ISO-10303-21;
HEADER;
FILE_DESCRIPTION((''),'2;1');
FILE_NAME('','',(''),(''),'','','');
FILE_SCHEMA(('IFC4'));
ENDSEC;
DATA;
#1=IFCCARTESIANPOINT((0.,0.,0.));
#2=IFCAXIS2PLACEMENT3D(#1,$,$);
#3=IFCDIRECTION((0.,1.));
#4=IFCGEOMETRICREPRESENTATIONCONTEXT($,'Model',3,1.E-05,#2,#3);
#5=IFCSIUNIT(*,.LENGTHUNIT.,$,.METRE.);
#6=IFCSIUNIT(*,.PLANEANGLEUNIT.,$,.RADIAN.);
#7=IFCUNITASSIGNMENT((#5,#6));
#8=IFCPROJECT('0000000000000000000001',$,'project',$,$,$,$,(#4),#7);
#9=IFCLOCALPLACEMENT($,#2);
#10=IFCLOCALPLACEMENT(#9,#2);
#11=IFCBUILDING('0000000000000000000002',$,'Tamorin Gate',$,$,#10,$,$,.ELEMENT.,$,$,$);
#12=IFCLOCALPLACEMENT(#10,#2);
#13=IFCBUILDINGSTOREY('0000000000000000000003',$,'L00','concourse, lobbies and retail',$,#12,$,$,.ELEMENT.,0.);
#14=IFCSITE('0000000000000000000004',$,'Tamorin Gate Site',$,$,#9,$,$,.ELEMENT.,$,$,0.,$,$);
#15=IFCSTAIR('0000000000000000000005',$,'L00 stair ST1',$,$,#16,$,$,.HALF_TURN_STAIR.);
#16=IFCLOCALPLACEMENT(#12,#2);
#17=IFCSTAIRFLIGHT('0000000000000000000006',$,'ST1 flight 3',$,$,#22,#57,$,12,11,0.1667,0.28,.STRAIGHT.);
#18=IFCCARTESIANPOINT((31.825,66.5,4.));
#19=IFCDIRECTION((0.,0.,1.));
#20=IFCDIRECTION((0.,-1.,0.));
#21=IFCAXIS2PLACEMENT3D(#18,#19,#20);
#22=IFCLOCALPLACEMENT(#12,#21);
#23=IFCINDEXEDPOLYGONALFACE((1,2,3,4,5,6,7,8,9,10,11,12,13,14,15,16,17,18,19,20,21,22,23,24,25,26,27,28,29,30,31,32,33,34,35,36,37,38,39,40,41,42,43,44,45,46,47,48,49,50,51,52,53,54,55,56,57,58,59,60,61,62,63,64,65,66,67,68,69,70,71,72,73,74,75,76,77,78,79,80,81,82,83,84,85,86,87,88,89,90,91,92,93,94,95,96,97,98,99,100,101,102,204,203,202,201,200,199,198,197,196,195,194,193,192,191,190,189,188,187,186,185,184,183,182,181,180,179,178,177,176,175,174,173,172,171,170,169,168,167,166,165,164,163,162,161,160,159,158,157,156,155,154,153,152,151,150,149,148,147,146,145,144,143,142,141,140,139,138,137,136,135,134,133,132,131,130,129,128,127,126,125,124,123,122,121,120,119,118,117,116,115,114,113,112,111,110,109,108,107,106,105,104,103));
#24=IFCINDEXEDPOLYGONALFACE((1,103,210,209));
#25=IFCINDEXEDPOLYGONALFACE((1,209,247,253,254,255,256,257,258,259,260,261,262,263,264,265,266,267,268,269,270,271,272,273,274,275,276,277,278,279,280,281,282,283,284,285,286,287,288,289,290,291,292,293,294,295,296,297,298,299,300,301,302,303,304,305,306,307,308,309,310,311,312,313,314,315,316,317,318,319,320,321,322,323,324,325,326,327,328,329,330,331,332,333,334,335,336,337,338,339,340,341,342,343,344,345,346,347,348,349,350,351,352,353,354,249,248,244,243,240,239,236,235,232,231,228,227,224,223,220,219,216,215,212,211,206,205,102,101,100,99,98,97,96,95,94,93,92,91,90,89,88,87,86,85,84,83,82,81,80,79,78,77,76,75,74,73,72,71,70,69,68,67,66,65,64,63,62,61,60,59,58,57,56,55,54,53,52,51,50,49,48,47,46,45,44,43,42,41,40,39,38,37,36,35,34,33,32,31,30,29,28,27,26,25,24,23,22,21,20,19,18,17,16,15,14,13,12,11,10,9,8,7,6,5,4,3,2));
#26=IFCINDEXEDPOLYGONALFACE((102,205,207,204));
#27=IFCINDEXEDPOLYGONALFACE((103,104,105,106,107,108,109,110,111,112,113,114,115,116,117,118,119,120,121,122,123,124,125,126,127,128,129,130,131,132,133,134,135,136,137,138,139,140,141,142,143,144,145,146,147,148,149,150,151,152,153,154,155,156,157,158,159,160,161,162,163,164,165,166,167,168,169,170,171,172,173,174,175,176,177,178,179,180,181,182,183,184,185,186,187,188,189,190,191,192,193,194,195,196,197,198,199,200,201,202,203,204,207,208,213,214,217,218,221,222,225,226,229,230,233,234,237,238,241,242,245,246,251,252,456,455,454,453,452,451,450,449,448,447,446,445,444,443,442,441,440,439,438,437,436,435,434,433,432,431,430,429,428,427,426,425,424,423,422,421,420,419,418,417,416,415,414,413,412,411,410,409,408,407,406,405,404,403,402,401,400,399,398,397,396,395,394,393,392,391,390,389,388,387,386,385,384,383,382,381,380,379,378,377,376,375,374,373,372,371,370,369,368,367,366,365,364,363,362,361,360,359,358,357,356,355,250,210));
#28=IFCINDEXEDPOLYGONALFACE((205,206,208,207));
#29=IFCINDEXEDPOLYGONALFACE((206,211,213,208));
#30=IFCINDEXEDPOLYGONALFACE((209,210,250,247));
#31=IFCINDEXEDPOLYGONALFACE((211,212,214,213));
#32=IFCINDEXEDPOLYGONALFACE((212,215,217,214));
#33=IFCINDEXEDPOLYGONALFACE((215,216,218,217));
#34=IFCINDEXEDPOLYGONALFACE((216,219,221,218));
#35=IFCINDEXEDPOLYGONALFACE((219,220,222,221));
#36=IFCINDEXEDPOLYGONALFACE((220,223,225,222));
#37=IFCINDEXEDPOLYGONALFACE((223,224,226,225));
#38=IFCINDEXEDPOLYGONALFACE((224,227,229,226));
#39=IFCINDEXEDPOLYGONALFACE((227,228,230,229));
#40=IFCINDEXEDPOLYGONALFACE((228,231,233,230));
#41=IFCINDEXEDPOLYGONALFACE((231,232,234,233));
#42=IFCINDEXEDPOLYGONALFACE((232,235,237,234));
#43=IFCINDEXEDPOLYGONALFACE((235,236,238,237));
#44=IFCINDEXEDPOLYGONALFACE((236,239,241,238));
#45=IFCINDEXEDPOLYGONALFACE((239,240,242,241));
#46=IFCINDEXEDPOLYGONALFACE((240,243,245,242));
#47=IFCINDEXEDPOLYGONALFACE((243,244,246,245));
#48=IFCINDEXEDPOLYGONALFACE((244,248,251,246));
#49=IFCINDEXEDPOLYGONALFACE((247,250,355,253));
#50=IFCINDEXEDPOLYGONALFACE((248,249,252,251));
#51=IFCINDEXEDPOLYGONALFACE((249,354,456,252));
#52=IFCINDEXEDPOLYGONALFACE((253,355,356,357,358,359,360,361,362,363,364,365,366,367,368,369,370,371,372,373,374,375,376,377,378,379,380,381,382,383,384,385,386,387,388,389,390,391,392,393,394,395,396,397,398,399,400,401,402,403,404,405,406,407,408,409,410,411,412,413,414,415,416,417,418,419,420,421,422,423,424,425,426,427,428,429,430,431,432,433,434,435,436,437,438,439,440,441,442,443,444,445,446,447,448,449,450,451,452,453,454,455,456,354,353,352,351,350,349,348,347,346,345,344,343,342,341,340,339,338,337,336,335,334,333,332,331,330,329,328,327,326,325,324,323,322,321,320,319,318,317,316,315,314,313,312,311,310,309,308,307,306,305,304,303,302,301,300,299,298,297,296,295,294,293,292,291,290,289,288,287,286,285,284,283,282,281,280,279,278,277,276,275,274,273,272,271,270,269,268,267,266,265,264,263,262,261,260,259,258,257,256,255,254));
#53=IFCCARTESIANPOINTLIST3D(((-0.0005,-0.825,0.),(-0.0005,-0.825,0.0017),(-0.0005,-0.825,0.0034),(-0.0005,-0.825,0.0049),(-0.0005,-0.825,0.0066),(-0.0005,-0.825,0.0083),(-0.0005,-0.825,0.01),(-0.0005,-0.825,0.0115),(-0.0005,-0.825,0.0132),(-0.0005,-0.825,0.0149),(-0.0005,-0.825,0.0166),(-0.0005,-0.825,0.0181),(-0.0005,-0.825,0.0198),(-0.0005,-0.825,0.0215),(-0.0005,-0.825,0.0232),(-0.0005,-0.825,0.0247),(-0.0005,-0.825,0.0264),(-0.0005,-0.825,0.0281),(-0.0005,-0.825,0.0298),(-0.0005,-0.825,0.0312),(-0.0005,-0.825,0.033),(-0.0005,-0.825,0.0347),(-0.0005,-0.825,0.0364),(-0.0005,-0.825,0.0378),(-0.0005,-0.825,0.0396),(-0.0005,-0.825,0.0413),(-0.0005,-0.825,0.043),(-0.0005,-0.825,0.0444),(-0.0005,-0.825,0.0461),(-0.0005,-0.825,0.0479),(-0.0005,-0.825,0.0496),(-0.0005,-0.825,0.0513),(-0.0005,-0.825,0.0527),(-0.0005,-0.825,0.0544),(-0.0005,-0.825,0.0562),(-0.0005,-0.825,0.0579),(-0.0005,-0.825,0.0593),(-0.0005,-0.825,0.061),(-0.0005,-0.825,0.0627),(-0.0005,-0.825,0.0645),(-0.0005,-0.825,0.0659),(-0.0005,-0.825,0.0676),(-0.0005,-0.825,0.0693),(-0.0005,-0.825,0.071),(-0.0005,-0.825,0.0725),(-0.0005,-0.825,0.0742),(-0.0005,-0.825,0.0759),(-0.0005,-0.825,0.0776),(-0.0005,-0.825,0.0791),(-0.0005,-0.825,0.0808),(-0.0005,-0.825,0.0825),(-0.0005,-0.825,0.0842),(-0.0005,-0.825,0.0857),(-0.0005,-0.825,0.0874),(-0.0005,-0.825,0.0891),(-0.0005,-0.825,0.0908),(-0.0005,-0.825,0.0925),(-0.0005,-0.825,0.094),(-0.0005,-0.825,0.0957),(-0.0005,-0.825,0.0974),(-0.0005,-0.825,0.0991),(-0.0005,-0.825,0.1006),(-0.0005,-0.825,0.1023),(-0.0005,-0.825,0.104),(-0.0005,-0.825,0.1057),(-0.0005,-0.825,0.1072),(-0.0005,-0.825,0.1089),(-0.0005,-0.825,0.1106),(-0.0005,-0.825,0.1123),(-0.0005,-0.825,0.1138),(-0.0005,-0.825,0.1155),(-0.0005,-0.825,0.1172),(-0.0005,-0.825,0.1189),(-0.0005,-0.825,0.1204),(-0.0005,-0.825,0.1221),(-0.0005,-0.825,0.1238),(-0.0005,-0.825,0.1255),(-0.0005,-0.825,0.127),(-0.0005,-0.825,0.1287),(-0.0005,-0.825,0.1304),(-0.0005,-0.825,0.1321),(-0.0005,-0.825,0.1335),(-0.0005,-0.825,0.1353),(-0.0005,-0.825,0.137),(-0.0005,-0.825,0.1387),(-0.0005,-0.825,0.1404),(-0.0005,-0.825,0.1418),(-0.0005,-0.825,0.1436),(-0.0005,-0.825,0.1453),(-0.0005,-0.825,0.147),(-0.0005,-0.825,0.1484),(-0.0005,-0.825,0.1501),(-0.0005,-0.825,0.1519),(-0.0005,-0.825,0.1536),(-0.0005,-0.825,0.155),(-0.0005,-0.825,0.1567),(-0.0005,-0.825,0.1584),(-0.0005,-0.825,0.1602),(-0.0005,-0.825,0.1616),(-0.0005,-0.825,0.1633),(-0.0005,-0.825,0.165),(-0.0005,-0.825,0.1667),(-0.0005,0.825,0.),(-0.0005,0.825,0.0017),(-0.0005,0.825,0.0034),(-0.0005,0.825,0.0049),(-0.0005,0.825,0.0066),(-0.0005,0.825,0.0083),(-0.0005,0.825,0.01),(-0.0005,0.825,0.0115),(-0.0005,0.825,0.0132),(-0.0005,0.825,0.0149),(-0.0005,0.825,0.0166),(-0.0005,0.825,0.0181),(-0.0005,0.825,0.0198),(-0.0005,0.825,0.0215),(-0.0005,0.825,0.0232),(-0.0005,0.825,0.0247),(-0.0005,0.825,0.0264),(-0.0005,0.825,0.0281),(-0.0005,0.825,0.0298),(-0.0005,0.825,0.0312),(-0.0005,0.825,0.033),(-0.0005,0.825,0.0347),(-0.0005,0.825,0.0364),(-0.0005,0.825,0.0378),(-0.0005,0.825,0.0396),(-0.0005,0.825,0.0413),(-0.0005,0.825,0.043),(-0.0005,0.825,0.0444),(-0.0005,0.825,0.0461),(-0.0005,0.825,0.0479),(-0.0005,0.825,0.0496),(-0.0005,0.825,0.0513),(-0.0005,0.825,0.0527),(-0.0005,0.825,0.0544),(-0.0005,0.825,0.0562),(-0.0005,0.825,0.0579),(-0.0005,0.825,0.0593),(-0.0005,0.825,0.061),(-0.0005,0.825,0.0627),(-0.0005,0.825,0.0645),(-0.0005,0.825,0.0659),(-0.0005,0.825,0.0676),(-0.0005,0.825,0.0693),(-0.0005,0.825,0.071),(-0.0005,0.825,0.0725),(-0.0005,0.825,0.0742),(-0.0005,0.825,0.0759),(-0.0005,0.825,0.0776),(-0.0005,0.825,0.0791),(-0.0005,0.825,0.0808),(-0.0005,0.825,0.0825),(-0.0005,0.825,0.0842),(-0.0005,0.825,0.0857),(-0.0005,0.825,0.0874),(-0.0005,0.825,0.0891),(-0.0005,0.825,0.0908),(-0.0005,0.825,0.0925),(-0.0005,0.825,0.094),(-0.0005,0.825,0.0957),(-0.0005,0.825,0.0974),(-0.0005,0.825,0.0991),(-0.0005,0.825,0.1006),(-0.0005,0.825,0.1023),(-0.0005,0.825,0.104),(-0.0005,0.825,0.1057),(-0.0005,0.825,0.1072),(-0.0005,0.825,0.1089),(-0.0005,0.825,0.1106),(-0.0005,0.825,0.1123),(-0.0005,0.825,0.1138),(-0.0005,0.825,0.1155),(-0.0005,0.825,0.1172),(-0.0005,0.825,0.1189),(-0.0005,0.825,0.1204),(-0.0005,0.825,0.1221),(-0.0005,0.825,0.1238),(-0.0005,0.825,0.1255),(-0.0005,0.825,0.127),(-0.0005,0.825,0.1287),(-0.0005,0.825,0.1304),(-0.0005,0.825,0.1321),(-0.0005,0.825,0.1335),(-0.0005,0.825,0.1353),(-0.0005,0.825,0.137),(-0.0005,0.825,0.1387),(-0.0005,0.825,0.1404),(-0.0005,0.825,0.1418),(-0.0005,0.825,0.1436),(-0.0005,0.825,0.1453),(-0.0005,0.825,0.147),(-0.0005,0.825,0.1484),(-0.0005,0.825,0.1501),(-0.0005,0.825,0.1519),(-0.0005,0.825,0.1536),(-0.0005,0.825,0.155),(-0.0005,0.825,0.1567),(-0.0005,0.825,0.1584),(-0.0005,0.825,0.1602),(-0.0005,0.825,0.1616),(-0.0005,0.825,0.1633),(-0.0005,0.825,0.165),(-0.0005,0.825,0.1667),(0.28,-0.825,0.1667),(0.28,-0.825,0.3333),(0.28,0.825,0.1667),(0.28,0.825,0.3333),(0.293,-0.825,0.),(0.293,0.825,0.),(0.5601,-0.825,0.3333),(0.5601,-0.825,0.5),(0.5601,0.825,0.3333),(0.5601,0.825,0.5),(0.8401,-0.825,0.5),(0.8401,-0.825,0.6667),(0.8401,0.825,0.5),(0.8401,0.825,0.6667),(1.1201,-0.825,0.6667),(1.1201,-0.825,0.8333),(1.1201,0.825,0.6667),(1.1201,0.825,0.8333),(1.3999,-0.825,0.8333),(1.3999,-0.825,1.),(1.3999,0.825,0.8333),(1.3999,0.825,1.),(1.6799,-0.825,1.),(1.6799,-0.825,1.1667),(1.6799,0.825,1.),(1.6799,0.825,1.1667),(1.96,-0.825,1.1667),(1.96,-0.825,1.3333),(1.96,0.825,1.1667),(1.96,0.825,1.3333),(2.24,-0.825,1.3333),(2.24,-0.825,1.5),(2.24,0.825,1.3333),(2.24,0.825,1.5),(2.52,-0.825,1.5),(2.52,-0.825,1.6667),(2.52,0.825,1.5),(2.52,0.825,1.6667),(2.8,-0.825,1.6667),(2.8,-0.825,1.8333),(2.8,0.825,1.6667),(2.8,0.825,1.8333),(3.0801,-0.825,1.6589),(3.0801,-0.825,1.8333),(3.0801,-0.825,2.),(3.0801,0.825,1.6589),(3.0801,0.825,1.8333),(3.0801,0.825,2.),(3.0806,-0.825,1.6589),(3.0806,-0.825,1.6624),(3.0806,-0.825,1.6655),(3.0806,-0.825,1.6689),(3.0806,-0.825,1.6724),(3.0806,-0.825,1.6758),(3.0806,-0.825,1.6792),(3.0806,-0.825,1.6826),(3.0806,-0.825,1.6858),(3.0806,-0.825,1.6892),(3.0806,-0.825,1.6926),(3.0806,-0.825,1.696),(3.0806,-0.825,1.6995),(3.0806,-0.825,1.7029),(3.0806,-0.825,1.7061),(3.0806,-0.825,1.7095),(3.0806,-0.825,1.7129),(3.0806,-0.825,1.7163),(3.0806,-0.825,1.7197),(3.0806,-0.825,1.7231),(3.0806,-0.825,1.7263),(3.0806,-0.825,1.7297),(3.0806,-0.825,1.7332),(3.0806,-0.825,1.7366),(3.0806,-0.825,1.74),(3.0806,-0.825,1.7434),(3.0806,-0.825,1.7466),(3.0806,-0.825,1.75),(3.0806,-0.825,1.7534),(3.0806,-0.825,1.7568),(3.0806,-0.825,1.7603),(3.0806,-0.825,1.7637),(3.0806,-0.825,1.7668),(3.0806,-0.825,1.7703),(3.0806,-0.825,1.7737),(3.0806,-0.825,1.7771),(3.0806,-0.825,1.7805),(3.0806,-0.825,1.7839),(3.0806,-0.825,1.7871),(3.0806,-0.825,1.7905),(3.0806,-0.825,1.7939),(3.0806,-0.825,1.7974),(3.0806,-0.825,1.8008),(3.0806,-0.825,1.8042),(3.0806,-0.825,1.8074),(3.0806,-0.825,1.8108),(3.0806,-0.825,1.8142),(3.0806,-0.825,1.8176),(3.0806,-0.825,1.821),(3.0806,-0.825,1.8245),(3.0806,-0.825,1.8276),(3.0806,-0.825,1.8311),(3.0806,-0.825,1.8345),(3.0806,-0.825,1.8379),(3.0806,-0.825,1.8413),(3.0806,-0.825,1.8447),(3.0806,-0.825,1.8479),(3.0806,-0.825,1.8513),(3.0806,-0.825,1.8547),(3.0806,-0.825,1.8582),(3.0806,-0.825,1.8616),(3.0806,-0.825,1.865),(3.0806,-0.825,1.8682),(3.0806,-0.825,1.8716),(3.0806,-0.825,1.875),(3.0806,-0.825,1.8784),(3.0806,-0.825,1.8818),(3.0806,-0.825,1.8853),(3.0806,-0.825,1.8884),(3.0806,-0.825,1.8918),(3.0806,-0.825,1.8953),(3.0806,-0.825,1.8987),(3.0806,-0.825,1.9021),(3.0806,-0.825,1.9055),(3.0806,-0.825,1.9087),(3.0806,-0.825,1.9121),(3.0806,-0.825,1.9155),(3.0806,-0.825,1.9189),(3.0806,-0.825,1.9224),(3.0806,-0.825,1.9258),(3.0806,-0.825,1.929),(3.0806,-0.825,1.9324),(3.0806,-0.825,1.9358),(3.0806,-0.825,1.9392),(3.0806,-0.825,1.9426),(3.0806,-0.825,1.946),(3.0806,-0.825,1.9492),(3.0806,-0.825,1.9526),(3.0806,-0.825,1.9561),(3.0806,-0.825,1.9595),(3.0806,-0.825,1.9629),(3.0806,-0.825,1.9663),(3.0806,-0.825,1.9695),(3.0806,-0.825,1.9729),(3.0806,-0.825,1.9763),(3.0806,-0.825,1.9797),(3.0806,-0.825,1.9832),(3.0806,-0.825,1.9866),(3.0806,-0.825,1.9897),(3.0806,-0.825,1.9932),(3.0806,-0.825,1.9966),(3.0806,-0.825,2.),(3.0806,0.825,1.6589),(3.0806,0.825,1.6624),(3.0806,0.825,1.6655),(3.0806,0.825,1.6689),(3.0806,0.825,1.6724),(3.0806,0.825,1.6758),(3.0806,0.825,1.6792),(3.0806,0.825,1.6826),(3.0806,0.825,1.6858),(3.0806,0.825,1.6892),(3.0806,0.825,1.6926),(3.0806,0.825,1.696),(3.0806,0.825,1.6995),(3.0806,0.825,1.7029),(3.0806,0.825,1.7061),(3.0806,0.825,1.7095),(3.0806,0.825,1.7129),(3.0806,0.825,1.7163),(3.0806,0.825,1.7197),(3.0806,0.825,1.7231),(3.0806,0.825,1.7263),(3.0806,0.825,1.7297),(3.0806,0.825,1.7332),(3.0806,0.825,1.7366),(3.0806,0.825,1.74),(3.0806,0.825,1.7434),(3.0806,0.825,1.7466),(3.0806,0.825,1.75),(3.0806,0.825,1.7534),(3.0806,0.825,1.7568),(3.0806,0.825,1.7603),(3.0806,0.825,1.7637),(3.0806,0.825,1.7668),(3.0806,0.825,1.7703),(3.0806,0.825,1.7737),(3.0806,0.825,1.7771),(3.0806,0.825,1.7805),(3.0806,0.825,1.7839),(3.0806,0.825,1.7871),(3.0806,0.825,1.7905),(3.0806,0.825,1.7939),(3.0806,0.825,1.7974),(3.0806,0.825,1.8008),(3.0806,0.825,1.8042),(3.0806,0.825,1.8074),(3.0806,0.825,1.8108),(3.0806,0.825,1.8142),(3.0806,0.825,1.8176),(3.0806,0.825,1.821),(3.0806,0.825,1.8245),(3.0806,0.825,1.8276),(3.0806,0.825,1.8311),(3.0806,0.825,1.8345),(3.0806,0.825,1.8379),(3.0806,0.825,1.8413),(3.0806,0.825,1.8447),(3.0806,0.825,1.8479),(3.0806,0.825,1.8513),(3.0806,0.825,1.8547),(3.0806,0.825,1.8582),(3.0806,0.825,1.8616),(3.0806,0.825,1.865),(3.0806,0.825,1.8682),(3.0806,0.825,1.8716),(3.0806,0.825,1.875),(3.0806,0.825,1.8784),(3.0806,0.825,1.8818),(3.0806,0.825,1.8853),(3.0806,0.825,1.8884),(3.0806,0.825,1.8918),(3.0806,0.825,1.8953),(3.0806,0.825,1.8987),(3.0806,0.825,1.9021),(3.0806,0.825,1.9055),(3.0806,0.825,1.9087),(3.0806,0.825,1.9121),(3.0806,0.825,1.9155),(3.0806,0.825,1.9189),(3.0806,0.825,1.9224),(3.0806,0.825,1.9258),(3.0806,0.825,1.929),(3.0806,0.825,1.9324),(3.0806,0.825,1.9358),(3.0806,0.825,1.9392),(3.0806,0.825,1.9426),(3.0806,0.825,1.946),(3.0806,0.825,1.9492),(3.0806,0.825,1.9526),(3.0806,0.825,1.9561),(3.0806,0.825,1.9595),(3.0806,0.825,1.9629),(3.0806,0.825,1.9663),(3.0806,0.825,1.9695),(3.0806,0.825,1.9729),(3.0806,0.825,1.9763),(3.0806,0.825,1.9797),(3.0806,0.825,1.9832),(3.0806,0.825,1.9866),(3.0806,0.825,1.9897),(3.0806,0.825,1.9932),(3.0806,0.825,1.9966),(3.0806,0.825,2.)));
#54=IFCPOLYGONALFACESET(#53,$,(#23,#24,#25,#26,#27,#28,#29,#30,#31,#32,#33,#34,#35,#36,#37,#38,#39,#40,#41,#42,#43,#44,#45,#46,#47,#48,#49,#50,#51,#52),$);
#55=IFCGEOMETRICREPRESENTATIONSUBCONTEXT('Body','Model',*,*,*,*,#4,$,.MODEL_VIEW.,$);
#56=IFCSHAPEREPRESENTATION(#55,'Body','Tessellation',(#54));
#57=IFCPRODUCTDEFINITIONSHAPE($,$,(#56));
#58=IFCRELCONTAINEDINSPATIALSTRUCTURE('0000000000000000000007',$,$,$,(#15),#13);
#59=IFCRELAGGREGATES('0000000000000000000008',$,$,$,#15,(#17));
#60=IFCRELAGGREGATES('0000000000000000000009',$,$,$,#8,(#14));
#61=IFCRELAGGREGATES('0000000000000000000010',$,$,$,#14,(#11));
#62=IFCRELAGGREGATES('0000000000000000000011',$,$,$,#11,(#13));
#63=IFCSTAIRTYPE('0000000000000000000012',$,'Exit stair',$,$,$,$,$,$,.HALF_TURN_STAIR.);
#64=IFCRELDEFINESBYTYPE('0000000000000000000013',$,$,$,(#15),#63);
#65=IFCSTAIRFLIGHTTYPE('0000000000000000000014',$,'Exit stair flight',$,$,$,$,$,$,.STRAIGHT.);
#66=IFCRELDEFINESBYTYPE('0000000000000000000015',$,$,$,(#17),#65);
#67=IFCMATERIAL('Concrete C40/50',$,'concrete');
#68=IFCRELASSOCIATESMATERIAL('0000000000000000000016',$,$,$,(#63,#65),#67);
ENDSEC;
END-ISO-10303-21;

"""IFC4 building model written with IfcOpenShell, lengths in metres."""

from ifc_helpers import new_model, si_unit, direction, frame, origin, place, context, subcontext, project, spatial, polyline, outline, extrude, material, type_object, element, aggregate, save


model = new_model("IFC4")

# Units and contexts
model_context = context("Model", 3, precision=1e-05, world=origin(), true_north=direction((0.0, 1.0)))
body_context = subcontext(model_context, "Body", "Model", "MODEL_VIEW")
ifc_project = project(units=[si_unit("LENGTHUNIT", "METRE"), si_unit("PLANEANGLEUNIT", "RADIAN")], contexts=[model_context])

# Site, building, storey
site_placement = place(None, origin())
site = spatial("IfcSite", under=ifc_project, at=site_placement, Name="Tamorin Gate Site", CompositionType="ELEMENT", RefElevation=0.0)
building_placement = place(site_placement, origin())
building = spatial("IfcBuilding", under=site, at=building_placement, Name="Tamorin Gate", CompositionType="ELEMENT")
storey_placement = place(building_placement, origin())
storey = spatial("IfcBuildingStorey", under=building, at=storey_placement, Name="L00", Description="concourse, lobbies and retail", CompositionType="ELEMENT", Elevation=0.0)

# Shared definitions
ifc_material_1 = material(Name="Concrete C40/50", Category="concrete")

# Stair, stair flight
stair_type = type_object("IfcStairType", Name="Exit stair", PredefinedType="HALF_TURN_STAIR", material=ifc_material_1)
stair_placement = place(storey_placement, origin())
stair = element("IfcStair", 1, at=stair_placement, inside=storey, type_object=stair_type, Name="L00 stair ST1", PredefinedType="HALF_TURN_STAIR")
stair_flight_type = type_object("IfcStairFlightType", Name="Exit stair flight", PredefinedType="STRAIGHT", material=ifc_material_1)
stair_flight_1_placement = place(storey_placement, frame((31.825, 66.5, 4.0), z_axis=(0.0, 0.0, 1.0), x_axis=(0.0, -1.0, 0.0)))
stair_flight_1 = element("IfcStairFlight", 2, at=stair_flight_1_placement, type_object=stair_flight_type, Name="ST1 flight 3", NumberOfRisers=12, NumberOfTreads=11, PredefinedType="STRAIGHT", RiserHeight=0.1667, TreadLength=0.28, context=body_context, shape_type="SweptSolid", body=[
    extrude(outline(polyline([(-0.0005, 0.0), (-0.0005, 0.0017), (-0.0005, 0.0034), (-0.0005, 0.0049), (-0.0005, 0.0066), (-0.0005, 0.0083), (-0.0005, 0.01), (-0.0005, 0.0115), (-0.0005, 0.0132), (-0.0005, 0.0149), (-0.0005, 0.0166), (-0.0005, 0.0181), (-0.0005, 0.0198), (-0.0005, 0.0215), (-0.0005, 0.0232), (-0.0005, 0.0247), (-0.0005, 0.0264), (-0.0005, 0.0281), (-0.0005, 0.0298), (-0.0005, 0.0312), (-0.0005, 0.033), (-0.0005, 0.0347), (-0.0005, 0.0364), (-0.0005, 0.0378), (-0.0005, 0.0396), (-0.0005, 0.0413), (-0.0005, 0.043), (-0.0005, 0.0444), (-0.0005, 0.0461), (-0.0005, 0.0479), (-0.0005, 0.0496), (-0.0005, 0.0513), (-0.0005, 0.0527), (-0.0005, 0.0544), (-0.0005, 0.0562), (-0.0005, 0.0579), (-0.0005, 0.0593), (-0.0005, 0.061), (-0.0005, 0.0627), (-0.0005, 0.0645), (-0.0005, 0.0659), (-0.0005, 0.0676), (-0.0005, 0.0693), (-0.0005, 0.071), (-0.0005, 0.0725), (-0.0005, 0.0742), (-0.0005, 0.0759), (-0.0005, 0.0776), (-0.0005, 0.0791), (-0.0005, 0.0808), (-0.0005, 0.0825), (-0.0005, 0.0842), (-0.0005, 0.0857), (-0.0005, 0.0874), (-0.0005, 0.0891), (-0.0005, 0.0908), (-0.0005, 0.0925), (-0.0005, 0.094), (-0.0005, 0.0957), (-0.0005, 0.0974), (-0.0005, 0.0991), (-0.0005, 0.1006), (-0.0005, 0.1023), (-0.0005, 0.104), (-0.0005, 0.1057), (-0.0005, 0.1072), (-0.0005, 0.1089), (-0.0005, 0.1106), (-0.0005, 0.1123), (-0.0005, 0.1138), (-0.0005, 0.1155), (-0.0005, 0.1172), (-0.0005, 0.1189), (-0.0005, 0.1204), (-0.0005, 0.1221), (-0.0005, 0.1238), (-0.0005, 0.1255), (-0.0005, 0.127), (-0.0005, 0.1287), (-0.0005, 0.1304), (-0.0005, 0.1321), (-0.0005, 0.1335), (-0.0005, 0.1353), (-0.0005, 0.137), (-0.0005, 0.1387), (-0.0005, 0.1404), (-0.0005, 0.1418), (-0.0005, 0.1436), (-0.0005, 0.1453), (-0.0005, 0.147), (-0.0005, 0.1484), (-0.0005, 0.1501), (-0.0005, 0.1519), (-0.0005, 0.1536), (-0.0005, 0.155), (-0.0005, 0.1567), (-0.0005, 0.1584), (-0.0005, 0.1602), (-0.0005, 0.1616), (-0.0005, 0.1633), (-0.0005, 0.165), (-0.0005, 0.1667), (0.28, 0.1667), (0.28, 0.3333), (0.5601, 0.3333), (0.5601, 0.5), (0.8401, 0.5), (0.8401, 0.6667), (1.1201, 0.6667), (1.1201, 0.8333), (1.3999, 0.8333), (1.3999, 1.0), (1.6799, 1.0), (1.6799, 1.1667), (1.96, 1.1667), (1.96, 1.3333), (2.24, 1.3333), (2.24, 1.5), (2.52, 1.5), (2.52, 1.6667), (2.8, 1.6667), (2.8, 1.8333), (3.0801, 1.8333), (3.0801, 2.0), (3.0806, 2.0), (3.0806, 1.9966), (3.0806, 1.9932), (3.0806, 1.9897), (3.0806, 1.9866), (3.0806, 1.9832), (3.0806, 1.9797), (3.0806, 1.9763), (3.0806, 1.9729), (3.0806, 1.9695), (3.0806, 1.9663), (3.0806, 1.9629), (3.0806, 1.9595), (3.0806, 1.9561), (3.0806, 1.9526), (3.0806, 1.9492), (3.0806, 1.946), (3.0806, 1.9426), (3.0806, 1.9392), (3.0806, 1.9358), (3.0806, 1.9324), (3.0806, 1.929), (3.0806, 1.9258), (3.0806, 1.9224), (3.0806, 1.9189), (3.0806, 1.9155), (3.0806, 1.9121), (3.0806, 1.9087), (3.0806, 1.9055), (3.0806, 1.9021), (3.0806, 1.8987), (3.0806, 1.8953), (3.0806, 1.8918), (3.0806, 1.8884), (3.0806, 1.8853), (3.0806, 1.8818), (3.0806, 1.8784), (3.0806, 1.875), (3.0806, 1.8716), (3.0806, 1.8682), (3.0806, 1.865), (3.0806, 1.8616), (3.0806, 1.8582), (3.0806, 1.8547), (3.0806, 1.8513), (3.0806, 1.8479), (3.0806, 1.8447), (3.0806, 1.8413), (3.0806, 1.8379), (3.0806, 1.8345), (3.0806, 1.8311), (3.0806, 1.8276), (3.0806, 1.8245), (3.0806, 1.821), (3.0806, 1.8176), (3.0806, 1.8142), (3.0806, 1.8108), (3.0806, 1.8074), (3.0806, 1.8042), (3.0806, 1.8008), (3.0806, 1.7974), (3.0806, 1.7939), (3.0806, 1.7905), (3.0806, 1.7871), (3.0806, 1.7839), (3.0806, 1.7805), (3.0806, 1.7771), (3.0806, 1.7737), (3.0806, 1.7703), (3.0806, 1.7668), (3.0806, 1.7637), (3.0806, 1.7603), (3.0806, 1.7568), (3.0806, 1.7534), (3.0806, 1.75), (3.0806, 1.7466), (3.0806, 1.7434), (3.0806, 1.74), (3.0806, 1.7366), (3.0806, 1.7332), (3.0806, 1.7297), (3.0806, 1.7263), (3.0806, 1.7231), (3.0806, 1.7197), (3.0806, 1.7163), (3.0806, 1.7129), (3.0806, 1.7095), (3.0806, 1.7061), (3.0806, 1.7029), (3.0806, 1.6995), (3.0806, 1.696), (3.0806, 1.6926), (3.0806, 1.6892), (3.0806, 1.6858), (3.0806, 1.6826), (3.0806, 1.6792), (3.0806, 1.6758), (3.0806, 1.6724), (3.0806, 1.6689), (3.0806, 1.6655), (3.0806, 1.6624), (3.0806, 1.6589), (3.0801, 1.6589), (0.293, 0.0), (-0.0005, 0.0)])), frame((0.0, 0.825, 0.0), z_axis=(0.0, -1.0, 0.0), x_axis=(1.0, 0.0, 0.0)), (0.0, 0.0, 1.0), 1.6499),
])
aggregate(stair, [stair_flight_1])

save(model, "model.ifc")
